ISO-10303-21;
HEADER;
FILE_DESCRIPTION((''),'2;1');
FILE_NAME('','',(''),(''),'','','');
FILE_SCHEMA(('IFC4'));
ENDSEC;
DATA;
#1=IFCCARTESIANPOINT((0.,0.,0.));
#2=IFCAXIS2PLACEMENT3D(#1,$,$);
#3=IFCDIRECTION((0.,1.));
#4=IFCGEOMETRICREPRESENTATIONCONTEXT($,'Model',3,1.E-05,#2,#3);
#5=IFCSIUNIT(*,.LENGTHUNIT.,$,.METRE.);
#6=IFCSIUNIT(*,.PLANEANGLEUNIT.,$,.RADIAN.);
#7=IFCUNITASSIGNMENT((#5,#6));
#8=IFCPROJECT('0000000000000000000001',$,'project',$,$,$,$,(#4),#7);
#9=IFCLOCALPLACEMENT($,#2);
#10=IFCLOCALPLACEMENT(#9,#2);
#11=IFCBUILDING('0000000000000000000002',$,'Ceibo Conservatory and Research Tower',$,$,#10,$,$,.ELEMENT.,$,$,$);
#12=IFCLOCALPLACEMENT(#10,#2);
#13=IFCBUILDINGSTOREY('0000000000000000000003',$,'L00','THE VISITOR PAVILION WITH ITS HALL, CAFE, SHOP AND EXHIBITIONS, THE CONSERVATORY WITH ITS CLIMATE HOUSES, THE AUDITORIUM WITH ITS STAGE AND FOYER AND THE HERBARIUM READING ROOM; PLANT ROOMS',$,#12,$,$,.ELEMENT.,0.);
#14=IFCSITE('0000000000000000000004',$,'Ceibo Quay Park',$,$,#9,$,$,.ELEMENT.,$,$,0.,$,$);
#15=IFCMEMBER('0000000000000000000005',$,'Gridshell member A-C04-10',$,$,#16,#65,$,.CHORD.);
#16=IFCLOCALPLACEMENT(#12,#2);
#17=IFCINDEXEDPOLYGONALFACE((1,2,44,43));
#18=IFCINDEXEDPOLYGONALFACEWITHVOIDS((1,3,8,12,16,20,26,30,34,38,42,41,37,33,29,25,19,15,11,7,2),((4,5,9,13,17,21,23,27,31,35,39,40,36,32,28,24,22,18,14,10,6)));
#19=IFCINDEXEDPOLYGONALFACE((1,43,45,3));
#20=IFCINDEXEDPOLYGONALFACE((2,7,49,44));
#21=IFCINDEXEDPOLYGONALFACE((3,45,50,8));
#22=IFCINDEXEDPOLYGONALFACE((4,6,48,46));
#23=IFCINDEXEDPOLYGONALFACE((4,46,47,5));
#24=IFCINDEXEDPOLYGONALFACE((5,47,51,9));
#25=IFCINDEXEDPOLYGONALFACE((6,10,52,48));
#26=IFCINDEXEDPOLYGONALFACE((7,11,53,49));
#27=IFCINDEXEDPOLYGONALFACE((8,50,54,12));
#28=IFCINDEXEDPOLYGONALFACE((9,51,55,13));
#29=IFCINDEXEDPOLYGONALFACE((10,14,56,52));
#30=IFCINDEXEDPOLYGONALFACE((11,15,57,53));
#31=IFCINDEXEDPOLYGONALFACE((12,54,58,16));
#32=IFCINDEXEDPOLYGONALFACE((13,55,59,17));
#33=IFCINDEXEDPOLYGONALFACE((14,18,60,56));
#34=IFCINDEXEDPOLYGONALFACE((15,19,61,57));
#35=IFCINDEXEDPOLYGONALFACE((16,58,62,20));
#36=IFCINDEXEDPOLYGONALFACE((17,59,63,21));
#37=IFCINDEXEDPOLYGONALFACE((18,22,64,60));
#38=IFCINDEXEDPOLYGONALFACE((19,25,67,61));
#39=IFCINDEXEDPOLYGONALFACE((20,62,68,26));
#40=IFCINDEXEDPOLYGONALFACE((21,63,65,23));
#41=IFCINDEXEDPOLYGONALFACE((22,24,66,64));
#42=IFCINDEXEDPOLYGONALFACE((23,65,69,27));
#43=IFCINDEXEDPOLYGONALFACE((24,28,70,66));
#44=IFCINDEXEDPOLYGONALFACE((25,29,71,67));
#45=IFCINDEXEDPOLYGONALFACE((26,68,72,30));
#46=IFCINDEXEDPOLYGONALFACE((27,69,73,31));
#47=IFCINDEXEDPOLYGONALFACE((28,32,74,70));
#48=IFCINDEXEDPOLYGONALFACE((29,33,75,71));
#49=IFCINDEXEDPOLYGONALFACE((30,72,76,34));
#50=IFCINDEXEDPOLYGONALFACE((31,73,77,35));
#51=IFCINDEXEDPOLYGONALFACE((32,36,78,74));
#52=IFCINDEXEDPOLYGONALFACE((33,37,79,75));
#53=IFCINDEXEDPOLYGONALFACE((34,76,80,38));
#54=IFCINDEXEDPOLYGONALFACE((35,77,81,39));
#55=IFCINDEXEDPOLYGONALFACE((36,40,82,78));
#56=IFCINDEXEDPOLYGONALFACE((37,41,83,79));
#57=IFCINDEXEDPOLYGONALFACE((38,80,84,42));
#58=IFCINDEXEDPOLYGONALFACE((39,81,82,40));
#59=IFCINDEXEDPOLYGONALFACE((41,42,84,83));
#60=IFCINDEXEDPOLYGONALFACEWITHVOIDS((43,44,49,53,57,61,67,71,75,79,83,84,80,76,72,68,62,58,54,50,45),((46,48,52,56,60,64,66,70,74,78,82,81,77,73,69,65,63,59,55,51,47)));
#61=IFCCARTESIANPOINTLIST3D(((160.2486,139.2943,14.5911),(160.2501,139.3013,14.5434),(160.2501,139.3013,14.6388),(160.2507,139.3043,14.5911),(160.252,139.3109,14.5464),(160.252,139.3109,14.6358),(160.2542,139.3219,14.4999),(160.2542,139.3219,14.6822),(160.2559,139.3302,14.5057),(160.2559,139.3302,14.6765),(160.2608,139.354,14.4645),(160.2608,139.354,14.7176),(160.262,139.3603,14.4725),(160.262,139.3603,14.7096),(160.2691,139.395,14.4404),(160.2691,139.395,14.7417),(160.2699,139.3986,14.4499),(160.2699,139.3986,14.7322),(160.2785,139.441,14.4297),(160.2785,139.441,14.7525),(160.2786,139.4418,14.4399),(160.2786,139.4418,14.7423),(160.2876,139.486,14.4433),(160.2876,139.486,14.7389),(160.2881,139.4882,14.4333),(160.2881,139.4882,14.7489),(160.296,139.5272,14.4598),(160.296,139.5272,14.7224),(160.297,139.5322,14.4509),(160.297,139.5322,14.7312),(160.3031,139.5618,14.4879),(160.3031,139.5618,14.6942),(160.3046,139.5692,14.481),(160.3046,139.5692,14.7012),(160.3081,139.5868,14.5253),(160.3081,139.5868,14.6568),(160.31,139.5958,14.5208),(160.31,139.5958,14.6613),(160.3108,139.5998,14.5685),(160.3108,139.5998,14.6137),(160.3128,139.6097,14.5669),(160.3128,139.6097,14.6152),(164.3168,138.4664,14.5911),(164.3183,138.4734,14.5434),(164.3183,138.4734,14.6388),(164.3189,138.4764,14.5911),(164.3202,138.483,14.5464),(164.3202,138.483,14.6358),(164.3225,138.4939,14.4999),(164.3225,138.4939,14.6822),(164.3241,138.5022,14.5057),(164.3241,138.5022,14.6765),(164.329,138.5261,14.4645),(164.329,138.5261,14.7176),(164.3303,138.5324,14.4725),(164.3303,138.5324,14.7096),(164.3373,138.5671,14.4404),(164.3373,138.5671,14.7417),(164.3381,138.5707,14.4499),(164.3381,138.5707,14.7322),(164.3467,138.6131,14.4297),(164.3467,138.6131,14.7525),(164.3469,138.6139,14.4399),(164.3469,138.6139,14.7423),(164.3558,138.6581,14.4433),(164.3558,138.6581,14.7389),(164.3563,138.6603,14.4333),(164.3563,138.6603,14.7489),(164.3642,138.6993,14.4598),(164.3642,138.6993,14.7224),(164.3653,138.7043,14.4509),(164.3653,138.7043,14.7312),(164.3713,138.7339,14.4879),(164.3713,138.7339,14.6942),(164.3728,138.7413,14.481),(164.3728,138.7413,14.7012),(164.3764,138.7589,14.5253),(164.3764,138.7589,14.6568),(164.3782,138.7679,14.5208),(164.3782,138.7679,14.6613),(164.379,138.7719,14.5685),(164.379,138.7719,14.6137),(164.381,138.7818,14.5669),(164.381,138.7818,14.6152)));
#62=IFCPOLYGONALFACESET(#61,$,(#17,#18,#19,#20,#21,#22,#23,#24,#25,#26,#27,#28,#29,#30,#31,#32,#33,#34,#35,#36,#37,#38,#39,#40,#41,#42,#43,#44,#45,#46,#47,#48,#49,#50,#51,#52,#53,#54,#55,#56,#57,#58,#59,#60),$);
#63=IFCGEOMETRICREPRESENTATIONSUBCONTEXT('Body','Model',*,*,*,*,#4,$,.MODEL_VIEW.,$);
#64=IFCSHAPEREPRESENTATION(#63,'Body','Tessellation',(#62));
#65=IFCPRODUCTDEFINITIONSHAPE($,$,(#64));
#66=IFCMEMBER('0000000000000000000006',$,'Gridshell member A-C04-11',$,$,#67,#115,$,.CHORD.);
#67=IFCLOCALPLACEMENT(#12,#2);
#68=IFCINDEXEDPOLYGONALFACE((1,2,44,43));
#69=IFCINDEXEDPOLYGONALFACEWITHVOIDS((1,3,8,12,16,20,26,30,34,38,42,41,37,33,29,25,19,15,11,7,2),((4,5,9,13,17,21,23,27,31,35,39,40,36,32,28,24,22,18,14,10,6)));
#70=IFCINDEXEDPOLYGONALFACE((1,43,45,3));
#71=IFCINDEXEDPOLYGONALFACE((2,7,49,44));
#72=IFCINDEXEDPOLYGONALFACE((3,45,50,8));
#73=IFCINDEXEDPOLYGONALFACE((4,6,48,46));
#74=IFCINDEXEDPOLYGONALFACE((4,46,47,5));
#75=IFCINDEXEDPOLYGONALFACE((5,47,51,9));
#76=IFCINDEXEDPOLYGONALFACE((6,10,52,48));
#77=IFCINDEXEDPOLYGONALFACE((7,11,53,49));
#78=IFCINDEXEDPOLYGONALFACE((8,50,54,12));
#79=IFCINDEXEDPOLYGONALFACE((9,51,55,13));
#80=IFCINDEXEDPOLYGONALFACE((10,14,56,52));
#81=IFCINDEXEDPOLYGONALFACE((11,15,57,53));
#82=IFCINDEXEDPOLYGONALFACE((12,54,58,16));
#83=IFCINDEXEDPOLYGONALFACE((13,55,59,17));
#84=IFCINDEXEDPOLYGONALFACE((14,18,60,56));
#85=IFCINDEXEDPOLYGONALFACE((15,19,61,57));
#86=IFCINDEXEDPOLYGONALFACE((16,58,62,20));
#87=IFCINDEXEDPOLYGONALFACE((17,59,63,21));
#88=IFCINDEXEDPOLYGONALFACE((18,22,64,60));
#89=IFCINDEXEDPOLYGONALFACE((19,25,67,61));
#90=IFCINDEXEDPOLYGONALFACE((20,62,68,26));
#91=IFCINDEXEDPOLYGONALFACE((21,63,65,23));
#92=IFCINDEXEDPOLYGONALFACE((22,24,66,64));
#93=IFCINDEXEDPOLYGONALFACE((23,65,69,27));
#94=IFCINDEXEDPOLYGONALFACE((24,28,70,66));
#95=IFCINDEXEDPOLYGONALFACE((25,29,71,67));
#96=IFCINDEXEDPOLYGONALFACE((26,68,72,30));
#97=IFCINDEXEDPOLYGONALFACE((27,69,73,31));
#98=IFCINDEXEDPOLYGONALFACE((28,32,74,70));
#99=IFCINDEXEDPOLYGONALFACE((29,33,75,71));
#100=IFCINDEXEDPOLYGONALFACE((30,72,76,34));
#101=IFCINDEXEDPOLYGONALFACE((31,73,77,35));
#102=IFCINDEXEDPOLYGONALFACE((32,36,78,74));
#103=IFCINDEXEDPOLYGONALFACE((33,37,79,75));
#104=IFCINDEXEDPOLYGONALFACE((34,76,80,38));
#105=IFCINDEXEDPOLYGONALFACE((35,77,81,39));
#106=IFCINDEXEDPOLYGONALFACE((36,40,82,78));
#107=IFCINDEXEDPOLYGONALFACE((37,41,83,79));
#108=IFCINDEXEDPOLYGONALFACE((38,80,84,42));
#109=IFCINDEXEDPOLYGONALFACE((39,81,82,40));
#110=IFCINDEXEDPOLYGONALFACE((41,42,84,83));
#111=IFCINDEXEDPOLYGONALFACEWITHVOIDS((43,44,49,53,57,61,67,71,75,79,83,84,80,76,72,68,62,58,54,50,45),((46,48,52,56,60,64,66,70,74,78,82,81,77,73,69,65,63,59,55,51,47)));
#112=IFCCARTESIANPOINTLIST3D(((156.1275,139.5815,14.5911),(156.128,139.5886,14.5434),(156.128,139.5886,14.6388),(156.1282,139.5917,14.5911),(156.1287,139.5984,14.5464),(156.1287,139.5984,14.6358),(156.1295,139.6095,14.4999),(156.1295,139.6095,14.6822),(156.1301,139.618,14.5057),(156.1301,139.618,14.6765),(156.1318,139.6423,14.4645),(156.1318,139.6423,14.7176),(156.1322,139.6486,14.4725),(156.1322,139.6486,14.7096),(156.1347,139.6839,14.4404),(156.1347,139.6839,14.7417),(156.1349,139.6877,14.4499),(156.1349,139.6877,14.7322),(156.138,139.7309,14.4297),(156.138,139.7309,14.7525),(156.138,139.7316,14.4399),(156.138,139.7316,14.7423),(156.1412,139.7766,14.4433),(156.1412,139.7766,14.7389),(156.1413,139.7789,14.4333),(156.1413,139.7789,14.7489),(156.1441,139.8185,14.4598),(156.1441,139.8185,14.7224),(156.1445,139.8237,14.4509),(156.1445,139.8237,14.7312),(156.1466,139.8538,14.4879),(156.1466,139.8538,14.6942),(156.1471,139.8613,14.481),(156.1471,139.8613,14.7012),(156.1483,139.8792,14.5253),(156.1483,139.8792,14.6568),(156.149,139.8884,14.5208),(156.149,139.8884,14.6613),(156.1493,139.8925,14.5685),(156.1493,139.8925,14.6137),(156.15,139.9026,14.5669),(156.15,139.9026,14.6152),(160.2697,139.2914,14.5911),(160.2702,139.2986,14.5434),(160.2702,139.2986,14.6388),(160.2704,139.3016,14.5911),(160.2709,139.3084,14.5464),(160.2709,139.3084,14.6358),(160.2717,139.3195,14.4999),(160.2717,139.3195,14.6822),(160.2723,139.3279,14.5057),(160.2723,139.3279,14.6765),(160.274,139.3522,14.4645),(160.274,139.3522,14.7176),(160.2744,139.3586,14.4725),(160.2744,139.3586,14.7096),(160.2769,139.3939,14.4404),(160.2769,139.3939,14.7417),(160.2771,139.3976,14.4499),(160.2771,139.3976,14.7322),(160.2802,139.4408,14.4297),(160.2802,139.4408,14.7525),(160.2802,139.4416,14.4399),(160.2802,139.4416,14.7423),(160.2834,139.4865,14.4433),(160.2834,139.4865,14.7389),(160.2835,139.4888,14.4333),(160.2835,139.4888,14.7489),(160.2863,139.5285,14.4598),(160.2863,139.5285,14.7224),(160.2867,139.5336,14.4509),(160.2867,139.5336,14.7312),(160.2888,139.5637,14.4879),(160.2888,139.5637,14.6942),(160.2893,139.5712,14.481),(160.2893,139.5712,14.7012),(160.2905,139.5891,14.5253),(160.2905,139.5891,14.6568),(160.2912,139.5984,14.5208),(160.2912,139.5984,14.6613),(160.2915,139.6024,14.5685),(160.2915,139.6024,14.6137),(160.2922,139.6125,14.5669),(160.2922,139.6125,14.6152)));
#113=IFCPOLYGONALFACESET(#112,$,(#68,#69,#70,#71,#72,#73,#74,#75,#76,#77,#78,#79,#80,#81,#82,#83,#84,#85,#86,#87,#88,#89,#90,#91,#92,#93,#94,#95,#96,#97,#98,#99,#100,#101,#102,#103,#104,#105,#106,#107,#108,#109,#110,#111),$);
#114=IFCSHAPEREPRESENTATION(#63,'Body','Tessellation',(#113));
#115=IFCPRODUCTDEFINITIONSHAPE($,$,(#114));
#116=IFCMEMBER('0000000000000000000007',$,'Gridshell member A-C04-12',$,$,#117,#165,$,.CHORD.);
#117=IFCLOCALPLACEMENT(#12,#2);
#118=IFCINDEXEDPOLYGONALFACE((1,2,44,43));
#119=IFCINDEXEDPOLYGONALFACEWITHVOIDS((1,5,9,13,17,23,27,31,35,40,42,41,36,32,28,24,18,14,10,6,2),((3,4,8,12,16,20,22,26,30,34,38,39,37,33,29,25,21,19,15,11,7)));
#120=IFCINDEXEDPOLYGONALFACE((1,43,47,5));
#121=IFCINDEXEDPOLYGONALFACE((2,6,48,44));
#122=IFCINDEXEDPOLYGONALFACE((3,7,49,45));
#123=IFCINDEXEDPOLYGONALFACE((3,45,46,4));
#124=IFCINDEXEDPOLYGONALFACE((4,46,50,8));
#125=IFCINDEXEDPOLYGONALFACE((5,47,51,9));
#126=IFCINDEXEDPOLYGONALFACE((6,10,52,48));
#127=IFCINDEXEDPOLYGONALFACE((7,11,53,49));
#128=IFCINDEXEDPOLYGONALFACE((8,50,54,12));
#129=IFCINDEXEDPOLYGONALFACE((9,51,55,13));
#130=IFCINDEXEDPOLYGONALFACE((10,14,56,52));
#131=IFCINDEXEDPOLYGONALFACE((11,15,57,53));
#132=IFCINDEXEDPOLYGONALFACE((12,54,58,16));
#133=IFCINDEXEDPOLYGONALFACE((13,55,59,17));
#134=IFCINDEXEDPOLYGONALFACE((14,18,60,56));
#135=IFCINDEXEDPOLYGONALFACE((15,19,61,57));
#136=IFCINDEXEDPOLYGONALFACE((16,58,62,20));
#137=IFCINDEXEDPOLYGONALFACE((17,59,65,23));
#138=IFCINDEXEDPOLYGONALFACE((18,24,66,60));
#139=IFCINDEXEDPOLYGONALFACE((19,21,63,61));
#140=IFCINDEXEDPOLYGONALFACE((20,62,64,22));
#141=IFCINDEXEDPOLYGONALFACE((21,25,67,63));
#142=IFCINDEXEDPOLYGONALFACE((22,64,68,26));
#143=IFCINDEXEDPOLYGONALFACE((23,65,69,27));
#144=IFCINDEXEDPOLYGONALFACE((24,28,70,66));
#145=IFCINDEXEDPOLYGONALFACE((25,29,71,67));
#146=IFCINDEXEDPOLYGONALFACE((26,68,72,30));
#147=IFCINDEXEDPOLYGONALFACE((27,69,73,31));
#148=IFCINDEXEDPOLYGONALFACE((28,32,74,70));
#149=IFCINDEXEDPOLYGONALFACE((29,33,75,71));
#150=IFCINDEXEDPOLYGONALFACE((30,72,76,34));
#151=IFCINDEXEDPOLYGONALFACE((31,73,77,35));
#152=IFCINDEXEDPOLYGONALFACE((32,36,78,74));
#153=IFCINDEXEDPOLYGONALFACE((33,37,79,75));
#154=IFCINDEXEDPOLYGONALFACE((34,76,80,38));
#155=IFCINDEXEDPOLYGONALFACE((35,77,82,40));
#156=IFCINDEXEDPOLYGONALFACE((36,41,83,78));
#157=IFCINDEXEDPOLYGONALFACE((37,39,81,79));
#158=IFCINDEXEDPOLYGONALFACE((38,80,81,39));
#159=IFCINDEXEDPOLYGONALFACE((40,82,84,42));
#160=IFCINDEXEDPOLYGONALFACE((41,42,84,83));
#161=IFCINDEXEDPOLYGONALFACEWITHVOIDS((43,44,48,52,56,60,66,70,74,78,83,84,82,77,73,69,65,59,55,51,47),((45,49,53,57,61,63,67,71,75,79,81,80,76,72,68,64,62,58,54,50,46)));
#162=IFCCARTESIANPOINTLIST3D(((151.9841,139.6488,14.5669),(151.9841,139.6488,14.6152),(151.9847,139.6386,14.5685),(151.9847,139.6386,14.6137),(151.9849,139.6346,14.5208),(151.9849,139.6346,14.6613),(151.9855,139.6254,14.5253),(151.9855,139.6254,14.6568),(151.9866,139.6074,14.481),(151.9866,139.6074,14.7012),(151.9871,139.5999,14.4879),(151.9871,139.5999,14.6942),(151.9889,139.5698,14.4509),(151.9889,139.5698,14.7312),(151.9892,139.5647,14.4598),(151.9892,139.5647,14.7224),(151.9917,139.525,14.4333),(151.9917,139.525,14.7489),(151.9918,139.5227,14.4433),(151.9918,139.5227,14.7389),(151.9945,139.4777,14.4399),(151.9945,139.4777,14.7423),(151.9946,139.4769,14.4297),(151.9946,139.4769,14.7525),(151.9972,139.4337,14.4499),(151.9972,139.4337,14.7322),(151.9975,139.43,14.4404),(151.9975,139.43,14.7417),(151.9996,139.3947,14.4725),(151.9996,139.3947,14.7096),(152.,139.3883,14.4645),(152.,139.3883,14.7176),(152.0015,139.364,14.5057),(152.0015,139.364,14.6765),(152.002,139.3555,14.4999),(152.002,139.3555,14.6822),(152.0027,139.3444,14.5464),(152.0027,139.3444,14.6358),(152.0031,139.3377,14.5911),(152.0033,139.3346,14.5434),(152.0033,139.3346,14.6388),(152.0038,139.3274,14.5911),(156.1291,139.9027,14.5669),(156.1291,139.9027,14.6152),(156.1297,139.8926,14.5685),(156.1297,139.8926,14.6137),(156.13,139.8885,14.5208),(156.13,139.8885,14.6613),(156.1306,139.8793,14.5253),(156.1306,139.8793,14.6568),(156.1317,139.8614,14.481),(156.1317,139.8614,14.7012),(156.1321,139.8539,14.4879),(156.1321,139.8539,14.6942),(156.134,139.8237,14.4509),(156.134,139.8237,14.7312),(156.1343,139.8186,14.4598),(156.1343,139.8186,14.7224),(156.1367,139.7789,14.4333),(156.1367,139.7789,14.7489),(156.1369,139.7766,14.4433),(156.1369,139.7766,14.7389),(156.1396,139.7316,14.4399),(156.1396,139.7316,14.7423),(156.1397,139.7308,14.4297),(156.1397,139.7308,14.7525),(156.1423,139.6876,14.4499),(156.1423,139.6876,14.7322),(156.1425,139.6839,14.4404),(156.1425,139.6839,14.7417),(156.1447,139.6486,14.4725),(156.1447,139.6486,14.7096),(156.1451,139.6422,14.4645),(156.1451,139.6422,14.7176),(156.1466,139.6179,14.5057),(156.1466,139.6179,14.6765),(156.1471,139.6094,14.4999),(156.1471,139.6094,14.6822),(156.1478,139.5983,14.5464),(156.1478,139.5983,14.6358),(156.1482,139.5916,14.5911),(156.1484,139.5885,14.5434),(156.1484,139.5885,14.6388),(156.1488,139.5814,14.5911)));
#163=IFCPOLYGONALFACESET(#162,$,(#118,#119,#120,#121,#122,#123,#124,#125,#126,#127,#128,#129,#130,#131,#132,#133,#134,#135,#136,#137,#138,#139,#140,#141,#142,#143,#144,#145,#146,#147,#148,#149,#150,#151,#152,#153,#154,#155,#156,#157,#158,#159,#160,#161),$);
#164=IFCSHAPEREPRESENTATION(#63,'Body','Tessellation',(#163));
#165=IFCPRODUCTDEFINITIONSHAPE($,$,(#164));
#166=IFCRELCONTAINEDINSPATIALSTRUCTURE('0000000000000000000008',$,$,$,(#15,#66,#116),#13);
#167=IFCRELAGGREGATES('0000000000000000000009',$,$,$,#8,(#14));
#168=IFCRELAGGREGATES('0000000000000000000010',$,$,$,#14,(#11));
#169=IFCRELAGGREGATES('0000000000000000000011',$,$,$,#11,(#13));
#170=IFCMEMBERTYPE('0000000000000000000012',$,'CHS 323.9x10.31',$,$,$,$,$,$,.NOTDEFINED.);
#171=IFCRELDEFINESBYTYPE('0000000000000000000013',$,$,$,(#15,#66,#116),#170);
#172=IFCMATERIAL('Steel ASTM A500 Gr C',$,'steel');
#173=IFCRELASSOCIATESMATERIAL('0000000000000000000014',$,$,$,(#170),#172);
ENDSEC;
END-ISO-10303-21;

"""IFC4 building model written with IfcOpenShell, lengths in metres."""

from ifc_helpers import new_model, si_unit, direction, frame, origin, origin_2d, place, context, subcontext, project, spatial, hollow_circle, extrude, material, material_profile, profile_set, type_object, element, save


model = new_model("IFC4")

# Units and contexts
model_context = context("Model", 3, precision=1e-05, world=origin(), true_north=direction((0.0, 1.0)))
body_context = subcontext(model_context, "Body", "Model", "MODEL_VIEW")
ifc_project = project(units=[si_unit("LENGTHUNIT", "METRE"), si_unit("PLANEANGLEUNIT", "RADIAN")], contexts=[model_context])

# Site, building, storey
site_placement = place(None, origin())
site = spatial("IfcSite", under=ifc_project, at=site_placement, Name="Ceibo Quay Park", CompositionType="ELEMENT", RefElevation=0.0)
building_placement = place(site_placement, origin())
building = spatial("IfcBuilding", under=site, at=building_placement, Name="Ceibo Conservatory and Research Tower", CompositionType="ELEMENT")
storey_placement = place(building_placement, origin())
storey = spatial("IfcBuildingStorey", under=building, at=storey_placement, Name="L00", Description="THE VISITOR PAVILION WITH ITS HALL, CAFE, SHOP AND EXHIBITIONS, THE CONSERVATORY WITH ITS CLIMATE HOUSES, THE AUDITORIUM WITH ITS STAGE AND FOYER AND THE HERBARIUM READING ROOM; PLANT ROOMS", CompositionType="ELEMENT", Elevation=0.0)

# Members
ifc_material_1 = material(Name="Steel ASTM A500 Gr C", Category="steel")
ifc_material_profile_1 = material_profile(ifc_material_1, hollow_circle(Radius=0.1619, WallThickness=0.0103, at=origin_2d()), Name="CHS 323.9x10.31")
ifc_profile_set_1 = profile_set([ifc_material_profile_1], Name="Steel ASTM A500 Gr C")
member_type_1 = type_object("IfcMemberType", Name="CHS 323.9x10.31", PredefinedType="NOTDEFINED", material=ifc_profile_set_1)
member_1_placement = place(storey_placement, frame((164.3491, 138.625, 14.5911), z_axis=(-0.979915, 0.199417, 0.0), x_axis=(-0.199417, -0.979915, 0.0)))
element("IfcMember", 1, at=member_1_placement, inside=storey, type_object=member_type_1, Name="Gridshell member A-C04-10", PredefinedType="CHORD", context=body_context, shape_type="SweptSolid", body=[
    extrude(hollow_circle(Radius=0.1619, WallThickness=0.0103, at=origin_2d()), origin(), (0.0, 0.0, 1.0), 4.1516),
])
member_2_placement = place(storey_placement, frame((160.281, 139.4529, 14.5911), z_axis=(-0.997557, 0.069851, 0.0), x_axis=(-0.069851, -0.997557, 0.0)))
element("IfcMember", 2, at=member_2_placement, inside=storey, type_object=member_type_1, Name="Gridshell member A-C04-11", PredefinedType="CHORD", context=body_context, shape_type="SweptSolid", body=[
    extrude(hollow_circle(Radius=0.1619, WallThickness=0.0103, at=origin_2d()), origin(), (0.0, 0.0, 1.0), 4.1523),
])
member_3_placement = place(storey_placement, frame((156.1389, 139.7429, 14.5911), z_axis=(-0.998129, -0.061141, 0.0), x_axis=(0.061141, -0.998129, 0.0)))
element("IfcMember", 3, at=member_3_placement, inside=storey, type_object=member_type_1, Name="Gridshell member A-C04-12", PredefinedType="CHORD", context=body_context, shape_type="SweptSolid", body=[
    extrude(hollow_circle(Radius=0.1619, WallThickness=0.0103, at=origin_2d()), origin(), (0.0, 0.0, 1.0), 4.1528),
])

save(model, "model.ifc")
